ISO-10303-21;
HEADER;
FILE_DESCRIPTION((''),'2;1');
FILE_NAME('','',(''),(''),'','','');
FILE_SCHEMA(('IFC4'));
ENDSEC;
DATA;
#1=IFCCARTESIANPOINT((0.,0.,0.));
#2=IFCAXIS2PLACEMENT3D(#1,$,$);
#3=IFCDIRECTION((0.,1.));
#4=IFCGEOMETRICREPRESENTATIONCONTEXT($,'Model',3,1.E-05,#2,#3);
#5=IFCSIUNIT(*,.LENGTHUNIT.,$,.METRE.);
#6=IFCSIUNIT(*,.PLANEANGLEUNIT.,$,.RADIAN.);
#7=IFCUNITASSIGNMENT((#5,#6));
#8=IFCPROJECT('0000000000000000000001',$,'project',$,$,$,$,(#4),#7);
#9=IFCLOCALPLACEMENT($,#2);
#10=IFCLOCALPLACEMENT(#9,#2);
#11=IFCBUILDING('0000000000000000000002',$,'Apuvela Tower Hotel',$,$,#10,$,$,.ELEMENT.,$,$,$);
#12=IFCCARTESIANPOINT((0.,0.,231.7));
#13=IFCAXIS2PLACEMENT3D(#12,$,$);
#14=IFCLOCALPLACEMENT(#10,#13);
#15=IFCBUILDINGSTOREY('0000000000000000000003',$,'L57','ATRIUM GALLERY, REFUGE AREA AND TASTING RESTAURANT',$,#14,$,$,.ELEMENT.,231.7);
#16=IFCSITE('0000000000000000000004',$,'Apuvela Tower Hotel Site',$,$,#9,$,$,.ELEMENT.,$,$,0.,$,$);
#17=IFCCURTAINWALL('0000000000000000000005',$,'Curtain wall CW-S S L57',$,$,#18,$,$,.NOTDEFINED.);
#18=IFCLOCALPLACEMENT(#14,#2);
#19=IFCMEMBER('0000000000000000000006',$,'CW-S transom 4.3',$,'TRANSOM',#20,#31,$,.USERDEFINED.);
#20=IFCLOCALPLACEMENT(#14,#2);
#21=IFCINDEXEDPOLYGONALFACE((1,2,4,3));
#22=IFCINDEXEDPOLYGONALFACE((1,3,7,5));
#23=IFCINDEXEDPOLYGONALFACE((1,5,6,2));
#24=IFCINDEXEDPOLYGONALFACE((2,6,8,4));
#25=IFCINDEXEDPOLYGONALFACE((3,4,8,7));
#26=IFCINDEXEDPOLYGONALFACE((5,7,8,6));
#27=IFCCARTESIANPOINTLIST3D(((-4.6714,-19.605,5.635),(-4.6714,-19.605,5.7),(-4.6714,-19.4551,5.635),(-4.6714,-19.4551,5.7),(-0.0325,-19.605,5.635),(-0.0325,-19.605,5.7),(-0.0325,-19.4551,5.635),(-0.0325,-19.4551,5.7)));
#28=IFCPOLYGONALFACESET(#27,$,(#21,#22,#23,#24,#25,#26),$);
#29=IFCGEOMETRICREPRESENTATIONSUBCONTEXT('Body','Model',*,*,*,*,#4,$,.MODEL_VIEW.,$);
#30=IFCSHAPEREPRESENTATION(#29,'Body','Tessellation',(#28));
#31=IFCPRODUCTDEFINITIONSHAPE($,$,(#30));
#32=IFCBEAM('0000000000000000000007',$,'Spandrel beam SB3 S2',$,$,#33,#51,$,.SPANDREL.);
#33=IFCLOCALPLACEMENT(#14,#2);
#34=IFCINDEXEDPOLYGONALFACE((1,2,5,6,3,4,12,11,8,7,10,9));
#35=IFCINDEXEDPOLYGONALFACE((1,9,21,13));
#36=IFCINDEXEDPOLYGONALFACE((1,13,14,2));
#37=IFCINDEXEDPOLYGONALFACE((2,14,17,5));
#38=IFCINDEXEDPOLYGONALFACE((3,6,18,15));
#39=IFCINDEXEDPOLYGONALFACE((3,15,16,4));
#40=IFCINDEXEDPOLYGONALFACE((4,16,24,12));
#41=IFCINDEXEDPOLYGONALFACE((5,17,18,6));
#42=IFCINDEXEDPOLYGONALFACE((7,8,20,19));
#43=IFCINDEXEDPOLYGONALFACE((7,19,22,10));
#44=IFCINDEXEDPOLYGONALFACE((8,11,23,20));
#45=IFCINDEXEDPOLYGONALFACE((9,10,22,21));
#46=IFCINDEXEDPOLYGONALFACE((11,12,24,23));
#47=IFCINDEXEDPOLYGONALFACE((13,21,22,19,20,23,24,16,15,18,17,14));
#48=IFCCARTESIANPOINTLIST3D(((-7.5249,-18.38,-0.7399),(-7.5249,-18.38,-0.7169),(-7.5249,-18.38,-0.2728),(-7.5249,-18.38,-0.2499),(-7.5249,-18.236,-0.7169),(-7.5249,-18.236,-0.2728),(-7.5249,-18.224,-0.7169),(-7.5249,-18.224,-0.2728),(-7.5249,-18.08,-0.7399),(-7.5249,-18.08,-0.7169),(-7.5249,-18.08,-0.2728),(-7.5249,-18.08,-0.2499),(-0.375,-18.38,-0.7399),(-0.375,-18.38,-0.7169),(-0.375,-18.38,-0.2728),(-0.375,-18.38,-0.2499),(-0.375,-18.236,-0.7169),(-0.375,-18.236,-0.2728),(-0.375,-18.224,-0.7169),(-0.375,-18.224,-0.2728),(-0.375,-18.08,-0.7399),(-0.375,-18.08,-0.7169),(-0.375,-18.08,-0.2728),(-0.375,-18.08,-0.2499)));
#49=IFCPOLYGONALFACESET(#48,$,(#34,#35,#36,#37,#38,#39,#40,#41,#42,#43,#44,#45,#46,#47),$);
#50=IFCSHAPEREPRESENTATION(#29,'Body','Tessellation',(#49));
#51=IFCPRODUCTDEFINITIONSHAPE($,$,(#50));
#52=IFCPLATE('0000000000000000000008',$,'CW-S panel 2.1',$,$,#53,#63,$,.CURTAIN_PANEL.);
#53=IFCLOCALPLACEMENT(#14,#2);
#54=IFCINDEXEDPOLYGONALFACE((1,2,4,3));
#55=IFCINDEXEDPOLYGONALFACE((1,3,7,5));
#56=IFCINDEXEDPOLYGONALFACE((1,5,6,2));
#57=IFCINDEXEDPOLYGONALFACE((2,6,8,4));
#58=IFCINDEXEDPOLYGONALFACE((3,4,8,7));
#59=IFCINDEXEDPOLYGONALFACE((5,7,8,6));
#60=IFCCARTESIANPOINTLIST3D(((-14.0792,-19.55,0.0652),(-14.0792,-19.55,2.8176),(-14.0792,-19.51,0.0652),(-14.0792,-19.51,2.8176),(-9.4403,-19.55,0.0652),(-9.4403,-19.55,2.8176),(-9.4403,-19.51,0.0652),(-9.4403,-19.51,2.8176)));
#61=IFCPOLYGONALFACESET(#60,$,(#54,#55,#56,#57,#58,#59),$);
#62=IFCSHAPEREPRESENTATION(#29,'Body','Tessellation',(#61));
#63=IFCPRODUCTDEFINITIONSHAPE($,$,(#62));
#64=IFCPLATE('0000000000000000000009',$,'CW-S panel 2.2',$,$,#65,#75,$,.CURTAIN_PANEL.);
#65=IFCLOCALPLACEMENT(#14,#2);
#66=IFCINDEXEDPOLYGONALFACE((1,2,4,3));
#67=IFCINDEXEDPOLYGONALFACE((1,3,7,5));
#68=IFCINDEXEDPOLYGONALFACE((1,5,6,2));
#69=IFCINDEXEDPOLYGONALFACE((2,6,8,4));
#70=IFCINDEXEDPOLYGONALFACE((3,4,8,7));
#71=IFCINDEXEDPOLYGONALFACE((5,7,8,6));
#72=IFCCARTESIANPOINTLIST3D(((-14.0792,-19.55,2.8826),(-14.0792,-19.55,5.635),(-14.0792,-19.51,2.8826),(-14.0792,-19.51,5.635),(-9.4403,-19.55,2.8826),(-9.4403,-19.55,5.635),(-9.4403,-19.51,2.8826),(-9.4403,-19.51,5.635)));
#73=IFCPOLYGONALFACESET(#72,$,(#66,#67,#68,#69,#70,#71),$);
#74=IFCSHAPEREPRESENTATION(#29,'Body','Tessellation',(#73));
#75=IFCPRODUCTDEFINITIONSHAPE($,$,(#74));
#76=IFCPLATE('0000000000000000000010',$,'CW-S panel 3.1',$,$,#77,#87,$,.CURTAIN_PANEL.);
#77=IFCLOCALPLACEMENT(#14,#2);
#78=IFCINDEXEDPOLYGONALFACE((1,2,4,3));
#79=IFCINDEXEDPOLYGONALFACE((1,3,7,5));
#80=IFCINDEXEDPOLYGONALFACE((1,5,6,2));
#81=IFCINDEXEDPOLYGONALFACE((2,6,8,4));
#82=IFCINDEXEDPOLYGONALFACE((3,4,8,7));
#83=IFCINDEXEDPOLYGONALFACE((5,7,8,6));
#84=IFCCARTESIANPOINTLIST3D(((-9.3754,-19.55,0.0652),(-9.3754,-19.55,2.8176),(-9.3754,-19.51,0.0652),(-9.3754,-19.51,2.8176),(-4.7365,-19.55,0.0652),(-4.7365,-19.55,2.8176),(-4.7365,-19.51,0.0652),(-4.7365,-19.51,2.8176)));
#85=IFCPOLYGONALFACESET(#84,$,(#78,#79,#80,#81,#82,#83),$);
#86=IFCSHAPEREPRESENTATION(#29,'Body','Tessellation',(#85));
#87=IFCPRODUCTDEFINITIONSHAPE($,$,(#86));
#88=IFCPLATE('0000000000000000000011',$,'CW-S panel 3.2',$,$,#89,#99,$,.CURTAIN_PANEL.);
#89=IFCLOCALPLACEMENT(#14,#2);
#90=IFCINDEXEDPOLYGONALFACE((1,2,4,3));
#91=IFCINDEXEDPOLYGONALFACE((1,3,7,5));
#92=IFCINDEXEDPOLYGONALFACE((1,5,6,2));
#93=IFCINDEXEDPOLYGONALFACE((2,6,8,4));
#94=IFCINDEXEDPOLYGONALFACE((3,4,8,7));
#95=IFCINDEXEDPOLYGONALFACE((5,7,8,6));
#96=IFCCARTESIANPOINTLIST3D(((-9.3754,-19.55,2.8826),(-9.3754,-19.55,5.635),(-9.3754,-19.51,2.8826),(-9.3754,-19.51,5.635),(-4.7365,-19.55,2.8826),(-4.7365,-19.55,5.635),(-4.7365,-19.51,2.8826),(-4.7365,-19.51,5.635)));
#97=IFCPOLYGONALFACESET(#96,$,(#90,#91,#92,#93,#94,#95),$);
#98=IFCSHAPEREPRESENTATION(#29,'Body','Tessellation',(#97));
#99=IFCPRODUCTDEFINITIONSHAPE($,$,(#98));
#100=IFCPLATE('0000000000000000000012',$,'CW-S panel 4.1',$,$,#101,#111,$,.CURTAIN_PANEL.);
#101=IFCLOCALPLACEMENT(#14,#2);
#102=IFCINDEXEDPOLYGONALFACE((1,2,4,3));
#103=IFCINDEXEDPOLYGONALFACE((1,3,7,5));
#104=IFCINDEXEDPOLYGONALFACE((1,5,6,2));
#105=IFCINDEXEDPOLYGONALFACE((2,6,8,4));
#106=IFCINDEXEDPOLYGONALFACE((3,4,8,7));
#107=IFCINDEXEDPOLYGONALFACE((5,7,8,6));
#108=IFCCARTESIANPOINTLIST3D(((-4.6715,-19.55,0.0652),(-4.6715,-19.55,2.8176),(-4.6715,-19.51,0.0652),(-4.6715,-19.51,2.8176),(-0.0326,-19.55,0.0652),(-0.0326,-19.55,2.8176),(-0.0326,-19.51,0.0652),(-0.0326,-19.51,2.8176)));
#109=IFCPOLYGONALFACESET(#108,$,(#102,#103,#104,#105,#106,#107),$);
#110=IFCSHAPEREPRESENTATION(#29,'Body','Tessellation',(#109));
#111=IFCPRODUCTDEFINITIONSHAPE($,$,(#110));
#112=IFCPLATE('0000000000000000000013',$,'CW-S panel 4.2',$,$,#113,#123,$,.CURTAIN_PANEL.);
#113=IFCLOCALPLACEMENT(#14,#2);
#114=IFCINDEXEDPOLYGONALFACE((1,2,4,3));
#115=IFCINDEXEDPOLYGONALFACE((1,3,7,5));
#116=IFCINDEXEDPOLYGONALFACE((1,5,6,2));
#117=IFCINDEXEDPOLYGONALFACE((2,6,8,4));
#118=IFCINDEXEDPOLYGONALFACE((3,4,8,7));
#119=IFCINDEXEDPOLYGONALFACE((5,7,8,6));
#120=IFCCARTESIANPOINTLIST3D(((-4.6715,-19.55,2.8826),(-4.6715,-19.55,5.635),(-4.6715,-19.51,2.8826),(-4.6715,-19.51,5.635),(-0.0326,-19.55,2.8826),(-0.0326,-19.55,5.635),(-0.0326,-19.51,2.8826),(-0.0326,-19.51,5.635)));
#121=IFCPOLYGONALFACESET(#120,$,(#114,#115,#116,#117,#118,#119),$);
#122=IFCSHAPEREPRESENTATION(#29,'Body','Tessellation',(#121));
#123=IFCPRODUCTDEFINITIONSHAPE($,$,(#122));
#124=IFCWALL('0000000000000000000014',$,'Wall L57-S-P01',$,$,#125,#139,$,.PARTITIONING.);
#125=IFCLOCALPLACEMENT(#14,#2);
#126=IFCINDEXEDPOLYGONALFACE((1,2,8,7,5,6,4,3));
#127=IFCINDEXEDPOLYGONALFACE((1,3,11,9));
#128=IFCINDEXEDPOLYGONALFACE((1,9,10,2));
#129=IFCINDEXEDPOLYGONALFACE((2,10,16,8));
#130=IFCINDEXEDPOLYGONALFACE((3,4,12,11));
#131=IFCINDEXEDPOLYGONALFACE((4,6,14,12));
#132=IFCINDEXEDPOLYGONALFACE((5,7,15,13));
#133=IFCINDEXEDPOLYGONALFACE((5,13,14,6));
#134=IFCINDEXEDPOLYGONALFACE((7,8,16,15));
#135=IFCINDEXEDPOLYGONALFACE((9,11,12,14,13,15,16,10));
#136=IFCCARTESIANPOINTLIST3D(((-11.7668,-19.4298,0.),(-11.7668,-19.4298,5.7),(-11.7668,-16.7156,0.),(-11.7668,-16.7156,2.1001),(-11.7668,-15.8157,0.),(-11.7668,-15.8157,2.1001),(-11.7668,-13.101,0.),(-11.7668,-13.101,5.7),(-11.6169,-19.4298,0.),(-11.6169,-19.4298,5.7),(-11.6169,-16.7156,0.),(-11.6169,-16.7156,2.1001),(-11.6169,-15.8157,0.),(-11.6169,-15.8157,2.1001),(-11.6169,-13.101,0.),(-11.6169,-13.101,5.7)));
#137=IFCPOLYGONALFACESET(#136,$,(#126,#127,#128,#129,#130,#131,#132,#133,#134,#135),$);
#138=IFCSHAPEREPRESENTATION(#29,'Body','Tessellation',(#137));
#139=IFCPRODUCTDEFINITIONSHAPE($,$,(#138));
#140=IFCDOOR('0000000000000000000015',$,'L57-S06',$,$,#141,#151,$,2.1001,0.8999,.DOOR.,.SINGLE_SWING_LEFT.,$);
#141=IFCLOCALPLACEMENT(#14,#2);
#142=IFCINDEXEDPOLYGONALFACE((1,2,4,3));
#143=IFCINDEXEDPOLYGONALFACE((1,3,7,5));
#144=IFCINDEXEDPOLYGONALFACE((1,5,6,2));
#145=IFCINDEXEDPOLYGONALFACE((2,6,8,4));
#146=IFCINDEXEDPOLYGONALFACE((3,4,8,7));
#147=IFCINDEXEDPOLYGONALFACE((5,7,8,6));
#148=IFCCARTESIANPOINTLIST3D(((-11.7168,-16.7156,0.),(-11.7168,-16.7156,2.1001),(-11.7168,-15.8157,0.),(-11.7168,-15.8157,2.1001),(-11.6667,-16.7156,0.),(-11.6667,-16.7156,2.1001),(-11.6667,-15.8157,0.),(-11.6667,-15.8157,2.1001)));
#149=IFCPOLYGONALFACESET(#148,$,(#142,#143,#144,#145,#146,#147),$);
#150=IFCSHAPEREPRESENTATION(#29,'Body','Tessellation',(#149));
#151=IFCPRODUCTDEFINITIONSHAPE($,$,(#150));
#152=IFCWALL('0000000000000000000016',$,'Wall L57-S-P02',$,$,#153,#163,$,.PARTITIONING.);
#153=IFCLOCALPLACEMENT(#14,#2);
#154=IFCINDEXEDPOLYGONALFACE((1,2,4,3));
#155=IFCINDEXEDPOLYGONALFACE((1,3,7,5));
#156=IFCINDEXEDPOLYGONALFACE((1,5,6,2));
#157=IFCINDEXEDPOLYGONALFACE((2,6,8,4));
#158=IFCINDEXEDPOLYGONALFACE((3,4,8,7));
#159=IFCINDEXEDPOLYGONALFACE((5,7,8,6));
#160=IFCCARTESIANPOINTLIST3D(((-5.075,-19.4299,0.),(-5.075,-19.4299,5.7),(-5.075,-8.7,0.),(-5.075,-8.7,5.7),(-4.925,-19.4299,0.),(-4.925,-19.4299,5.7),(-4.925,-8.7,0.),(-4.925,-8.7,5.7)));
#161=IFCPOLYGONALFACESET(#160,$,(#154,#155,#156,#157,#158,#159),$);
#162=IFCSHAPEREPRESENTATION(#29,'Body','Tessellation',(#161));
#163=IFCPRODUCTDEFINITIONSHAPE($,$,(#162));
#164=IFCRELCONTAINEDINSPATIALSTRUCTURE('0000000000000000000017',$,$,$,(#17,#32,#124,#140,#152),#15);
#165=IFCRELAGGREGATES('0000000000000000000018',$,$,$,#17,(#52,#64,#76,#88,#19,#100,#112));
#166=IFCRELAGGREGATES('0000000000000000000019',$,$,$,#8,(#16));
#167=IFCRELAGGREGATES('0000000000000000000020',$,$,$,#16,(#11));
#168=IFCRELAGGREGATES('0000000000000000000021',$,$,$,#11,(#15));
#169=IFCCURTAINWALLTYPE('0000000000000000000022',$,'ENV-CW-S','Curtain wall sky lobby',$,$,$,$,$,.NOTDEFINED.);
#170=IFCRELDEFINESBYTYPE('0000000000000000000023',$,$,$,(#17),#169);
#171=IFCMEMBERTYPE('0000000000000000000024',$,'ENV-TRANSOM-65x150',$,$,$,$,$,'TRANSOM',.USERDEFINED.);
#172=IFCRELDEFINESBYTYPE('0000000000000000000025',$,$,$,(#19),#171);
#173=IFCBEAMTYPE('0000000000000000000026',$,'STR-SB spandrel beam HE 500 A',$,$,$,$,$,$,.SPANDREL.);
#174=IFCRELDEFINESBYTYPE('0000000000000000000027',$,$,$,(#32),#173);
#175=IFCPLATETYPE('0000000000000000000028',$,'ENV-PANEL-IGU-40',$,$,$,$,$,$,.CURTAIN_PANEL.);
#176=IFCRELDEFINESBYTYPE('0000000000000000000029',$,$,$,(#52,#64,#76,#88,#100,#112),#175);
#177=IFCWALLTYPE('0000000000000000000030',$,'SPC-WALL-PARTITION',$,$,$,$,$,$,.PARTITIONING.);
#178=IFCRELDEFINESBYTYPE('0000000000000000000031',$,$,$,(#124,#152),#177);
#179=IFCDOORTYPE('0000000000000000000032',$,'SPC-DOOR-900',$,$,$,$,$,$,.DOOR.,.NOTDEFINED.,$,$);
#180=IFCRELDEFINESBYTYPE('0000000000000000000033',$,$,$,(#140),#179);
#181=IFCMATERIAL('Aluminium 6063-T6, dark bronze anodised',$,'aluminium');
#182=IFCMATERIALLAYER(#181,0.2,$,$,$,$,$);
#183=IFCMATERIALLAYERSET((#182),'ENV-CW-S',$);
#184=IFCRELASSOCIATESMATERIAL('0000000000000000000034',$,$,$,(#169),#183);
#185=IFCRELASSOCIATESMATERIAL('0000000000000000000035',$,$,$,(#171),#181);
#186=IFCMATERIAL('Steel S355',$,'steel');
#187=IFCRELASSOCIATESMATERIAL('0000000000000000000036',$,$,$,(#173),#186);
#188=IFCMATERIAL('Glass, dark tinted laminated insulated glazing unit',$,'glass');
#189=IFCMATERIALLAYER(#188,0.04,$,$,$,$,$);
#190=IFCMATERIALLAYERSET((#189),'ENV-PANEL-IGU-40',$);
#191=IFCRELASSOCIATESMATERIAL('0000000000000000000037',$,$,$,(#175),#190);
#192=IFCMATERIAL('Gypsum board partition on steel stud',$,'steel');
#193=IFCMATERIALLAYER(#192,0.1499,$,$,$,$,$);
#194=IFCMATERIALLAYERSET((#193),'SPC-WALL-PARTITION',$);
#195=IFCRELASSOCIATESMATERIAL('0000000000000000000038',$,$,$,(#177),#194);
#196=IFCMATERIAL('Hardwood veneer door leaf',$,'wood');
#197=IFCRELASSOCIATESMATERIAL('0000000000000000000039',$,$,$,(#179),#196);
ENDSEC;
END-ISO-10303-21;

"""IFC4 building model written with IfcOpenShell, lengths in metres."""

from ifc_helpers import new_model, si_unit, direction, frame, frame_2d, origin, origin_2d, place, context, subcontext, project, spatial, rectangle, i_section, extrude, material, layer, layer_set, material_profile, profile_set, type_object, element, fill, aggregate, save


model = new_model("IFC4")

# Units and contexts
model_context = context("Model", 3, precision=1e-05, world=origin(), true_north=direction((0.0, 1.0)))
body_context = subcontext(model_context, "Body", "Model", "MODEL_VIEW")
ifc_project = project(units=[si_unit("LENGTHUNIT", "METRE"), si_unit("PLANEANGLEUNIT", "RADIAN")], contexts=[model_context])

# Site, building, storey
site_placement = place(None, origin())
site = spatial("IfcSite", under=ifc_project, at=site_placement, Name="Apuvela Tower Hotel Site", CompositionType="ELEMENT", RefElevation=0.0)
building_placement = place(site_placement, origin())
building = spatial("IfcBuilding", under=site, at=building_placement, Name="Apuvela Tower Hotel", CompositionType="ELEMENT")
storey_placement = place(building_placement, frame((0.0, 0.0, 231.7)))
storey = spatial("IfcBuildingStorey", under=building, at=storey_placement, Name="L57", Description="ATRIUM GALLERY, REFUGE AREA AND TASTING RESTAURANT", CompositionType="ELEMENT", Elevation=231.7)

# Curtain wall, member
ifc_material_1 = material(Name="Aluminium 6063-T6, dark bronze anodised", Category="aluminium")
ifc_layer_1 = layer(ifc_material_1, 0.2)
ifc_layer_set_1 = layer_set([ifc_layer_1], Name="ENV-CW-S")
curtain_wall_type = type_object("IfcCurtainWallType", Name="ENV-CW-S", Description="Curtain wall sky lobby", PredefinedType="NOTDEFINED", material=ifc_layer_set_1)
curtain_wall_placement = place(storey_placement, origin())
curtain_wall = element("IfcCurtainWall", 1, at=curtain_wall_placement, inside=storey, type_object=curtain_wall_type, Name="Curtain wall CW-S S L57", PredefinedType="NOTDEFINED")
ifc_material_profile_1 = material_profile(ifc_material_1, rectangle(XDim=0.1499, YDim=0.0649, at=origin_2d()), Name="AL 65x150 transom")
ifc_profile_set_1 = profile_set([ifc_material_profile_1], Name="Aluminium 6063-T6, dark bronze anodised")
member_type_1 = type_object("IfcMemberType", Name="ENV-TRANSOM-65x150", ElementType="TRANSOM", PredefinedType="USERDEFINED", material=ifc_profile_set_1)
member_1_placement = place(storey_placement, frame((-4.6714, -19.53, 5.6675), z_axis=(1.0, 0.0, 0.0), x_axis=(0.0, 1.0, 0.0)))
member_1 = element("IfcMember", 2, at=member_1_placement, type_object=member_type_1, Name="CW-S transom 4.3", ObjectType="TRANSOM", PredefinedType="USERDEFINED", context=body_context, shape_type="SweptSolid", body=[
    extrude(rectangle(XDim=0.1499, YDim=0.0649, at=origin_2d()), origin(), (0.0, 0.0, 1.0), 4.6389),
])

# Beam
ifc_material_2 = material(Name="Steel S355", Category="steel")
ifc_material_profile_2 = material_profile(ifc_material_2, i_section(OverallWidth=0.3, OverallDepth=0.49, WebThickness=0.012, FlangeThickness=0.0229, at=origin_2d()), Name="HE 500 A")
ifc_profile_set_2 = profile_set([ifc_material_profile_2], Name="Steel S355")
beam_type = type_object("IfcBeamType", Name="STR-SB spandrel beam HE 500 A", PredefinedType="SPANDREL", material=ifc_profile_set_2)
beam_placement = place(storey_placement, frame((-7.5249, -18.23, -0.4949), z_axis=(1.0, 0.0, 0.0), x_axis=(0.0, 1.0, 0.0)))
element("IfcBeam", 3, at=beam_placement, inside=storey, type_object=beam_type, Name="Spandrel beam SB3 S2", PredefinedType="SPANDREL", context=body_context, shape_type="SweptSolid", body=[
    extrude(i_section(OverallWidth=0.3, OverallDepth=0.49, WebThickness=0.012, FlangeThickness=0.0229, at=origin_2d()), origin(), (0.0, 0.0, 1.0), 7.1499),
])

# Plates
ifc_material_3 = material(Name="Glass, dark tinted laminated insulated glazing unit", Category="glass")
ifc_layer_2 = layer(ifc_material_3, 0.04)
ifc_layer_set_2 = layer_set([ifc_layer_2], Name="ENV-PANEL-IGU-40")
plate_type = type_object("IfcPlateType", Name="ENV-PANEL-IGU-40", PredefinedType="CURTAIN_PANEL", material=ifc_layer_set_2)
plate_1_placement = place(storey_placement, frame((-11.7598, -19.53, 0.0652), z_axis=(0.0, 0.0, 1.0), x_axis=(1.0, 0.0, 0.0)))
plate_1 = element("IfcPlate", 4, at=plate_1_placement, type_object=plate_type, Name="CW-S panel 2.1", PredefinedType="CURTAIN_PANEL", context=body_context, shape_type="SweptSolid", body=[
    extrude(rectangle(XDim=4.6389, YDim=0.04, at=origin_2d()), origin(), (0.0, 0.0, 1.0), 2.7524),
])
plate_2_placement = place(storey_placement, frame((-11.7598, -19.53, 2.8826), z_axis=(0.0, 0.0, 1.0), x_axis=(1.0, 0.0, 0.0)))
plate_2 = element("IfcPlate", 5, at=plate_2_placement, type_object=plate_type, Name="CW-S panel 2.2", PredefinedType="CURTAIN_PANEL", context=body_context, shape_type="SweptSolid", body=[
    extrude(rectangle(XDim=4.6389, YDim=0.04, at=origin_2d()), origin(), (0.0, 0.0, 1.0), 2.7524),
])
plate_3_placement = place(storey_placement, frame((-7.0559, -19.53, 0.0652), z_axis=(0.0, 0.0, 1.0), x_axis=(1.0, 0.0, 0.0)))
plate_3 = element("IfcPlate", 6, at=plate_3_placement, type_object=plate_type, Name="CW-S panel 3.1", PredefinedType="CURTAIN_PANEL", context=body_context, shape_type="SweptSolid", body=[
    extrude(rectangle(XDim=4.6389, YDim=0.04, at=origin_2d()), origin(), (0.0, 0.0, 1.0), 2.7524),
])
plate_4_placement = place(storey_placement, frame((-7.0559, -19.53, 2.8826), z_axis=(0.0, 0.0, 1.0), x_axis=(1.0, 0.0, 0.0)))
plate_4 = element("IfcPlate", 7, at=plate_4_placement, type_object=plate_type, Name="CW-S panel 3.2", PredefinedType="CURTAIN_PANEL", context=body_context, shape_type="SweptSolid", body=[
    extrude(rectangle(XDim=4.6389, YDim=0.04, at=origin_2d()), origin(), (0.0, 0.0, 1.0), 2.7524),
])
plate_5_placement = place(storey_placement, frame((-2.3521, -19.53, 0.0652), z_axis=(0.0, 0.0, 1.0), x_axis=(1.0, 0.0, 0.0)))
plate_5 = element("IfcPlate", 8, at=plate_5_placement, type_object=plate_type, Name="CW-S panel 4.1", PredefinedType="CURTAIN_PANEL", context=body_context, shape_type="SweptSolid", body=[
    extrude(rectangle(XDim=4.6389, YDim=0.04, at=origin_2d()), origin(), (0.0, 0.0, 1.0), 2.7524),
])
plate_6_placement = place(storey_placement, frame((-2.3521, -19.53, 2.8826), z_axis=(0.0, 0.0, 1.0), x_axis=(1.0, 0.0, 0.0)))
plate_6 = element("IfcPlate", 9, at=plate_6_placement, type_object=plate_type, Name="CW-S panel 4.2", PredefinedType="CURTAIN_PANEL", context=body_context, shape_type="SweptSolid", body=[
    extrude(rectangle(XDim=4.6389, YDim=0.04, at=origin_2d()), origin(), (0.0, 0.0, 1.0), 2.7524),
])
aggregate(curtain_wall, [plate_1, plate_2, plate_3, plate_4, member_1, plate_5, plate_6])

# Wall, opening, door
ifc_material_4 = material(Name="Gypsum board partition on steel stud", Category="steel")
ifc_layer_3 = layer(ifc_material_4, 0.1499)
ifc_layer_set_3 = layer_set([ifc_layer_3], Name="SPC-WALL-PARTITION")
wall_type = type_object("IfcWallType", Name="SPC-WALL-PARTITION", PredefinedType="PARTITIONING", material=ifc_layer_set_3)
wall_1_placement = place(storey_placement, frame((-11.6919, -19.4299, 0.0), z_axis=(0.0, 0.0, 1.0), x_axis=(0.0, 1.0, 0.0)))
wall_1 = element("IfcWall", 10, at=wall_1_placement, inside=storey, type_object=wall_type, Name="Wall L57-S-P01", PredefinedType="PARTITIONING", context=body_context, shape_type="SweptSolid", body=[
    extrude(rectangle(XDim=6.3289, YDim=0.1499, at=frame_2d((3.1646, 0.0))), origin(), (0.0, 0.0, 1.0), 5.7),
])
opening_placement = place(wall_1_placement, frame((2.7144, 0.0, 0.0)))
opening = element("IfcOpeningElement", 11, at=opening_placement, cuts=wall_1, PredefinedType="OPENING", context=body_context, shape_type="SweptSolid", body=[
    extrude(rectangle(XDim=0.8999, YDim=2.1001, at=frame_2d((0.45, 1.05))), frame((0.0, 0.085, 0.0), z_axis=(0.0, -1.0, 0.0), x_axis=(1.0, 0.0, 0.0)), (0.0, 0.0, 1.0), 0.1699),
])
ifc_material_5 = material(Name="Hardwood veneer door leaf", Category="wood")
door_type = type_object("IfcDoorType", Name="SPC-DOOR-900", OperationType="NOTDEFINED", PredefinedType="DOOR", material=ifc_material_5)
door_placement = place(opening_placement, origin())
door = element("IfcDoor", 12, at=door_placement, inside=storey, type_object=door_type, Name="L57-S06", OperationType="SINGLE_SWING_LEFT", OverallHeight=2.1001, OverallWidth=0.8999, PredefinedType="DOOR", context=body_context, shape_type="SweptSolid", body=[
    extrude(rectangle(XDim=0.8999, YDim=2.1001, at=frame_2d((0.45, 1.05))), frame((0.0, 0.0249, 0.0), z_axis=(0.0, -1.0, 0.0), x_axis=(1.0, 0.0, 0.0)), (0.0, 0.0, 1.0), 0.05),
])
fill(opening, door)

# Wall
wall_2_placement = place(storey_placement, frame((-5.0, -19.4299, 0.0), z_axis=(0.0, 0.0, 1.0), x_axis=(0.0, 1.0, 0.0)))
element("IfcWall", 13, at=wall_2_placement, inside=storey, type_object=wall_type, Name="Wall L57-S-P02", PredefinedType="PARTITIONING", context=body_context, shape_type="SweptSolid", body=[
    extrude(rectangle(XDim=10.73, YDim=0.1499, at=frame_2d((5.365, 0.0))), origin(), (0.0, 0.0, 1.0), 5.7),
])

save(model, "model.ifc")
